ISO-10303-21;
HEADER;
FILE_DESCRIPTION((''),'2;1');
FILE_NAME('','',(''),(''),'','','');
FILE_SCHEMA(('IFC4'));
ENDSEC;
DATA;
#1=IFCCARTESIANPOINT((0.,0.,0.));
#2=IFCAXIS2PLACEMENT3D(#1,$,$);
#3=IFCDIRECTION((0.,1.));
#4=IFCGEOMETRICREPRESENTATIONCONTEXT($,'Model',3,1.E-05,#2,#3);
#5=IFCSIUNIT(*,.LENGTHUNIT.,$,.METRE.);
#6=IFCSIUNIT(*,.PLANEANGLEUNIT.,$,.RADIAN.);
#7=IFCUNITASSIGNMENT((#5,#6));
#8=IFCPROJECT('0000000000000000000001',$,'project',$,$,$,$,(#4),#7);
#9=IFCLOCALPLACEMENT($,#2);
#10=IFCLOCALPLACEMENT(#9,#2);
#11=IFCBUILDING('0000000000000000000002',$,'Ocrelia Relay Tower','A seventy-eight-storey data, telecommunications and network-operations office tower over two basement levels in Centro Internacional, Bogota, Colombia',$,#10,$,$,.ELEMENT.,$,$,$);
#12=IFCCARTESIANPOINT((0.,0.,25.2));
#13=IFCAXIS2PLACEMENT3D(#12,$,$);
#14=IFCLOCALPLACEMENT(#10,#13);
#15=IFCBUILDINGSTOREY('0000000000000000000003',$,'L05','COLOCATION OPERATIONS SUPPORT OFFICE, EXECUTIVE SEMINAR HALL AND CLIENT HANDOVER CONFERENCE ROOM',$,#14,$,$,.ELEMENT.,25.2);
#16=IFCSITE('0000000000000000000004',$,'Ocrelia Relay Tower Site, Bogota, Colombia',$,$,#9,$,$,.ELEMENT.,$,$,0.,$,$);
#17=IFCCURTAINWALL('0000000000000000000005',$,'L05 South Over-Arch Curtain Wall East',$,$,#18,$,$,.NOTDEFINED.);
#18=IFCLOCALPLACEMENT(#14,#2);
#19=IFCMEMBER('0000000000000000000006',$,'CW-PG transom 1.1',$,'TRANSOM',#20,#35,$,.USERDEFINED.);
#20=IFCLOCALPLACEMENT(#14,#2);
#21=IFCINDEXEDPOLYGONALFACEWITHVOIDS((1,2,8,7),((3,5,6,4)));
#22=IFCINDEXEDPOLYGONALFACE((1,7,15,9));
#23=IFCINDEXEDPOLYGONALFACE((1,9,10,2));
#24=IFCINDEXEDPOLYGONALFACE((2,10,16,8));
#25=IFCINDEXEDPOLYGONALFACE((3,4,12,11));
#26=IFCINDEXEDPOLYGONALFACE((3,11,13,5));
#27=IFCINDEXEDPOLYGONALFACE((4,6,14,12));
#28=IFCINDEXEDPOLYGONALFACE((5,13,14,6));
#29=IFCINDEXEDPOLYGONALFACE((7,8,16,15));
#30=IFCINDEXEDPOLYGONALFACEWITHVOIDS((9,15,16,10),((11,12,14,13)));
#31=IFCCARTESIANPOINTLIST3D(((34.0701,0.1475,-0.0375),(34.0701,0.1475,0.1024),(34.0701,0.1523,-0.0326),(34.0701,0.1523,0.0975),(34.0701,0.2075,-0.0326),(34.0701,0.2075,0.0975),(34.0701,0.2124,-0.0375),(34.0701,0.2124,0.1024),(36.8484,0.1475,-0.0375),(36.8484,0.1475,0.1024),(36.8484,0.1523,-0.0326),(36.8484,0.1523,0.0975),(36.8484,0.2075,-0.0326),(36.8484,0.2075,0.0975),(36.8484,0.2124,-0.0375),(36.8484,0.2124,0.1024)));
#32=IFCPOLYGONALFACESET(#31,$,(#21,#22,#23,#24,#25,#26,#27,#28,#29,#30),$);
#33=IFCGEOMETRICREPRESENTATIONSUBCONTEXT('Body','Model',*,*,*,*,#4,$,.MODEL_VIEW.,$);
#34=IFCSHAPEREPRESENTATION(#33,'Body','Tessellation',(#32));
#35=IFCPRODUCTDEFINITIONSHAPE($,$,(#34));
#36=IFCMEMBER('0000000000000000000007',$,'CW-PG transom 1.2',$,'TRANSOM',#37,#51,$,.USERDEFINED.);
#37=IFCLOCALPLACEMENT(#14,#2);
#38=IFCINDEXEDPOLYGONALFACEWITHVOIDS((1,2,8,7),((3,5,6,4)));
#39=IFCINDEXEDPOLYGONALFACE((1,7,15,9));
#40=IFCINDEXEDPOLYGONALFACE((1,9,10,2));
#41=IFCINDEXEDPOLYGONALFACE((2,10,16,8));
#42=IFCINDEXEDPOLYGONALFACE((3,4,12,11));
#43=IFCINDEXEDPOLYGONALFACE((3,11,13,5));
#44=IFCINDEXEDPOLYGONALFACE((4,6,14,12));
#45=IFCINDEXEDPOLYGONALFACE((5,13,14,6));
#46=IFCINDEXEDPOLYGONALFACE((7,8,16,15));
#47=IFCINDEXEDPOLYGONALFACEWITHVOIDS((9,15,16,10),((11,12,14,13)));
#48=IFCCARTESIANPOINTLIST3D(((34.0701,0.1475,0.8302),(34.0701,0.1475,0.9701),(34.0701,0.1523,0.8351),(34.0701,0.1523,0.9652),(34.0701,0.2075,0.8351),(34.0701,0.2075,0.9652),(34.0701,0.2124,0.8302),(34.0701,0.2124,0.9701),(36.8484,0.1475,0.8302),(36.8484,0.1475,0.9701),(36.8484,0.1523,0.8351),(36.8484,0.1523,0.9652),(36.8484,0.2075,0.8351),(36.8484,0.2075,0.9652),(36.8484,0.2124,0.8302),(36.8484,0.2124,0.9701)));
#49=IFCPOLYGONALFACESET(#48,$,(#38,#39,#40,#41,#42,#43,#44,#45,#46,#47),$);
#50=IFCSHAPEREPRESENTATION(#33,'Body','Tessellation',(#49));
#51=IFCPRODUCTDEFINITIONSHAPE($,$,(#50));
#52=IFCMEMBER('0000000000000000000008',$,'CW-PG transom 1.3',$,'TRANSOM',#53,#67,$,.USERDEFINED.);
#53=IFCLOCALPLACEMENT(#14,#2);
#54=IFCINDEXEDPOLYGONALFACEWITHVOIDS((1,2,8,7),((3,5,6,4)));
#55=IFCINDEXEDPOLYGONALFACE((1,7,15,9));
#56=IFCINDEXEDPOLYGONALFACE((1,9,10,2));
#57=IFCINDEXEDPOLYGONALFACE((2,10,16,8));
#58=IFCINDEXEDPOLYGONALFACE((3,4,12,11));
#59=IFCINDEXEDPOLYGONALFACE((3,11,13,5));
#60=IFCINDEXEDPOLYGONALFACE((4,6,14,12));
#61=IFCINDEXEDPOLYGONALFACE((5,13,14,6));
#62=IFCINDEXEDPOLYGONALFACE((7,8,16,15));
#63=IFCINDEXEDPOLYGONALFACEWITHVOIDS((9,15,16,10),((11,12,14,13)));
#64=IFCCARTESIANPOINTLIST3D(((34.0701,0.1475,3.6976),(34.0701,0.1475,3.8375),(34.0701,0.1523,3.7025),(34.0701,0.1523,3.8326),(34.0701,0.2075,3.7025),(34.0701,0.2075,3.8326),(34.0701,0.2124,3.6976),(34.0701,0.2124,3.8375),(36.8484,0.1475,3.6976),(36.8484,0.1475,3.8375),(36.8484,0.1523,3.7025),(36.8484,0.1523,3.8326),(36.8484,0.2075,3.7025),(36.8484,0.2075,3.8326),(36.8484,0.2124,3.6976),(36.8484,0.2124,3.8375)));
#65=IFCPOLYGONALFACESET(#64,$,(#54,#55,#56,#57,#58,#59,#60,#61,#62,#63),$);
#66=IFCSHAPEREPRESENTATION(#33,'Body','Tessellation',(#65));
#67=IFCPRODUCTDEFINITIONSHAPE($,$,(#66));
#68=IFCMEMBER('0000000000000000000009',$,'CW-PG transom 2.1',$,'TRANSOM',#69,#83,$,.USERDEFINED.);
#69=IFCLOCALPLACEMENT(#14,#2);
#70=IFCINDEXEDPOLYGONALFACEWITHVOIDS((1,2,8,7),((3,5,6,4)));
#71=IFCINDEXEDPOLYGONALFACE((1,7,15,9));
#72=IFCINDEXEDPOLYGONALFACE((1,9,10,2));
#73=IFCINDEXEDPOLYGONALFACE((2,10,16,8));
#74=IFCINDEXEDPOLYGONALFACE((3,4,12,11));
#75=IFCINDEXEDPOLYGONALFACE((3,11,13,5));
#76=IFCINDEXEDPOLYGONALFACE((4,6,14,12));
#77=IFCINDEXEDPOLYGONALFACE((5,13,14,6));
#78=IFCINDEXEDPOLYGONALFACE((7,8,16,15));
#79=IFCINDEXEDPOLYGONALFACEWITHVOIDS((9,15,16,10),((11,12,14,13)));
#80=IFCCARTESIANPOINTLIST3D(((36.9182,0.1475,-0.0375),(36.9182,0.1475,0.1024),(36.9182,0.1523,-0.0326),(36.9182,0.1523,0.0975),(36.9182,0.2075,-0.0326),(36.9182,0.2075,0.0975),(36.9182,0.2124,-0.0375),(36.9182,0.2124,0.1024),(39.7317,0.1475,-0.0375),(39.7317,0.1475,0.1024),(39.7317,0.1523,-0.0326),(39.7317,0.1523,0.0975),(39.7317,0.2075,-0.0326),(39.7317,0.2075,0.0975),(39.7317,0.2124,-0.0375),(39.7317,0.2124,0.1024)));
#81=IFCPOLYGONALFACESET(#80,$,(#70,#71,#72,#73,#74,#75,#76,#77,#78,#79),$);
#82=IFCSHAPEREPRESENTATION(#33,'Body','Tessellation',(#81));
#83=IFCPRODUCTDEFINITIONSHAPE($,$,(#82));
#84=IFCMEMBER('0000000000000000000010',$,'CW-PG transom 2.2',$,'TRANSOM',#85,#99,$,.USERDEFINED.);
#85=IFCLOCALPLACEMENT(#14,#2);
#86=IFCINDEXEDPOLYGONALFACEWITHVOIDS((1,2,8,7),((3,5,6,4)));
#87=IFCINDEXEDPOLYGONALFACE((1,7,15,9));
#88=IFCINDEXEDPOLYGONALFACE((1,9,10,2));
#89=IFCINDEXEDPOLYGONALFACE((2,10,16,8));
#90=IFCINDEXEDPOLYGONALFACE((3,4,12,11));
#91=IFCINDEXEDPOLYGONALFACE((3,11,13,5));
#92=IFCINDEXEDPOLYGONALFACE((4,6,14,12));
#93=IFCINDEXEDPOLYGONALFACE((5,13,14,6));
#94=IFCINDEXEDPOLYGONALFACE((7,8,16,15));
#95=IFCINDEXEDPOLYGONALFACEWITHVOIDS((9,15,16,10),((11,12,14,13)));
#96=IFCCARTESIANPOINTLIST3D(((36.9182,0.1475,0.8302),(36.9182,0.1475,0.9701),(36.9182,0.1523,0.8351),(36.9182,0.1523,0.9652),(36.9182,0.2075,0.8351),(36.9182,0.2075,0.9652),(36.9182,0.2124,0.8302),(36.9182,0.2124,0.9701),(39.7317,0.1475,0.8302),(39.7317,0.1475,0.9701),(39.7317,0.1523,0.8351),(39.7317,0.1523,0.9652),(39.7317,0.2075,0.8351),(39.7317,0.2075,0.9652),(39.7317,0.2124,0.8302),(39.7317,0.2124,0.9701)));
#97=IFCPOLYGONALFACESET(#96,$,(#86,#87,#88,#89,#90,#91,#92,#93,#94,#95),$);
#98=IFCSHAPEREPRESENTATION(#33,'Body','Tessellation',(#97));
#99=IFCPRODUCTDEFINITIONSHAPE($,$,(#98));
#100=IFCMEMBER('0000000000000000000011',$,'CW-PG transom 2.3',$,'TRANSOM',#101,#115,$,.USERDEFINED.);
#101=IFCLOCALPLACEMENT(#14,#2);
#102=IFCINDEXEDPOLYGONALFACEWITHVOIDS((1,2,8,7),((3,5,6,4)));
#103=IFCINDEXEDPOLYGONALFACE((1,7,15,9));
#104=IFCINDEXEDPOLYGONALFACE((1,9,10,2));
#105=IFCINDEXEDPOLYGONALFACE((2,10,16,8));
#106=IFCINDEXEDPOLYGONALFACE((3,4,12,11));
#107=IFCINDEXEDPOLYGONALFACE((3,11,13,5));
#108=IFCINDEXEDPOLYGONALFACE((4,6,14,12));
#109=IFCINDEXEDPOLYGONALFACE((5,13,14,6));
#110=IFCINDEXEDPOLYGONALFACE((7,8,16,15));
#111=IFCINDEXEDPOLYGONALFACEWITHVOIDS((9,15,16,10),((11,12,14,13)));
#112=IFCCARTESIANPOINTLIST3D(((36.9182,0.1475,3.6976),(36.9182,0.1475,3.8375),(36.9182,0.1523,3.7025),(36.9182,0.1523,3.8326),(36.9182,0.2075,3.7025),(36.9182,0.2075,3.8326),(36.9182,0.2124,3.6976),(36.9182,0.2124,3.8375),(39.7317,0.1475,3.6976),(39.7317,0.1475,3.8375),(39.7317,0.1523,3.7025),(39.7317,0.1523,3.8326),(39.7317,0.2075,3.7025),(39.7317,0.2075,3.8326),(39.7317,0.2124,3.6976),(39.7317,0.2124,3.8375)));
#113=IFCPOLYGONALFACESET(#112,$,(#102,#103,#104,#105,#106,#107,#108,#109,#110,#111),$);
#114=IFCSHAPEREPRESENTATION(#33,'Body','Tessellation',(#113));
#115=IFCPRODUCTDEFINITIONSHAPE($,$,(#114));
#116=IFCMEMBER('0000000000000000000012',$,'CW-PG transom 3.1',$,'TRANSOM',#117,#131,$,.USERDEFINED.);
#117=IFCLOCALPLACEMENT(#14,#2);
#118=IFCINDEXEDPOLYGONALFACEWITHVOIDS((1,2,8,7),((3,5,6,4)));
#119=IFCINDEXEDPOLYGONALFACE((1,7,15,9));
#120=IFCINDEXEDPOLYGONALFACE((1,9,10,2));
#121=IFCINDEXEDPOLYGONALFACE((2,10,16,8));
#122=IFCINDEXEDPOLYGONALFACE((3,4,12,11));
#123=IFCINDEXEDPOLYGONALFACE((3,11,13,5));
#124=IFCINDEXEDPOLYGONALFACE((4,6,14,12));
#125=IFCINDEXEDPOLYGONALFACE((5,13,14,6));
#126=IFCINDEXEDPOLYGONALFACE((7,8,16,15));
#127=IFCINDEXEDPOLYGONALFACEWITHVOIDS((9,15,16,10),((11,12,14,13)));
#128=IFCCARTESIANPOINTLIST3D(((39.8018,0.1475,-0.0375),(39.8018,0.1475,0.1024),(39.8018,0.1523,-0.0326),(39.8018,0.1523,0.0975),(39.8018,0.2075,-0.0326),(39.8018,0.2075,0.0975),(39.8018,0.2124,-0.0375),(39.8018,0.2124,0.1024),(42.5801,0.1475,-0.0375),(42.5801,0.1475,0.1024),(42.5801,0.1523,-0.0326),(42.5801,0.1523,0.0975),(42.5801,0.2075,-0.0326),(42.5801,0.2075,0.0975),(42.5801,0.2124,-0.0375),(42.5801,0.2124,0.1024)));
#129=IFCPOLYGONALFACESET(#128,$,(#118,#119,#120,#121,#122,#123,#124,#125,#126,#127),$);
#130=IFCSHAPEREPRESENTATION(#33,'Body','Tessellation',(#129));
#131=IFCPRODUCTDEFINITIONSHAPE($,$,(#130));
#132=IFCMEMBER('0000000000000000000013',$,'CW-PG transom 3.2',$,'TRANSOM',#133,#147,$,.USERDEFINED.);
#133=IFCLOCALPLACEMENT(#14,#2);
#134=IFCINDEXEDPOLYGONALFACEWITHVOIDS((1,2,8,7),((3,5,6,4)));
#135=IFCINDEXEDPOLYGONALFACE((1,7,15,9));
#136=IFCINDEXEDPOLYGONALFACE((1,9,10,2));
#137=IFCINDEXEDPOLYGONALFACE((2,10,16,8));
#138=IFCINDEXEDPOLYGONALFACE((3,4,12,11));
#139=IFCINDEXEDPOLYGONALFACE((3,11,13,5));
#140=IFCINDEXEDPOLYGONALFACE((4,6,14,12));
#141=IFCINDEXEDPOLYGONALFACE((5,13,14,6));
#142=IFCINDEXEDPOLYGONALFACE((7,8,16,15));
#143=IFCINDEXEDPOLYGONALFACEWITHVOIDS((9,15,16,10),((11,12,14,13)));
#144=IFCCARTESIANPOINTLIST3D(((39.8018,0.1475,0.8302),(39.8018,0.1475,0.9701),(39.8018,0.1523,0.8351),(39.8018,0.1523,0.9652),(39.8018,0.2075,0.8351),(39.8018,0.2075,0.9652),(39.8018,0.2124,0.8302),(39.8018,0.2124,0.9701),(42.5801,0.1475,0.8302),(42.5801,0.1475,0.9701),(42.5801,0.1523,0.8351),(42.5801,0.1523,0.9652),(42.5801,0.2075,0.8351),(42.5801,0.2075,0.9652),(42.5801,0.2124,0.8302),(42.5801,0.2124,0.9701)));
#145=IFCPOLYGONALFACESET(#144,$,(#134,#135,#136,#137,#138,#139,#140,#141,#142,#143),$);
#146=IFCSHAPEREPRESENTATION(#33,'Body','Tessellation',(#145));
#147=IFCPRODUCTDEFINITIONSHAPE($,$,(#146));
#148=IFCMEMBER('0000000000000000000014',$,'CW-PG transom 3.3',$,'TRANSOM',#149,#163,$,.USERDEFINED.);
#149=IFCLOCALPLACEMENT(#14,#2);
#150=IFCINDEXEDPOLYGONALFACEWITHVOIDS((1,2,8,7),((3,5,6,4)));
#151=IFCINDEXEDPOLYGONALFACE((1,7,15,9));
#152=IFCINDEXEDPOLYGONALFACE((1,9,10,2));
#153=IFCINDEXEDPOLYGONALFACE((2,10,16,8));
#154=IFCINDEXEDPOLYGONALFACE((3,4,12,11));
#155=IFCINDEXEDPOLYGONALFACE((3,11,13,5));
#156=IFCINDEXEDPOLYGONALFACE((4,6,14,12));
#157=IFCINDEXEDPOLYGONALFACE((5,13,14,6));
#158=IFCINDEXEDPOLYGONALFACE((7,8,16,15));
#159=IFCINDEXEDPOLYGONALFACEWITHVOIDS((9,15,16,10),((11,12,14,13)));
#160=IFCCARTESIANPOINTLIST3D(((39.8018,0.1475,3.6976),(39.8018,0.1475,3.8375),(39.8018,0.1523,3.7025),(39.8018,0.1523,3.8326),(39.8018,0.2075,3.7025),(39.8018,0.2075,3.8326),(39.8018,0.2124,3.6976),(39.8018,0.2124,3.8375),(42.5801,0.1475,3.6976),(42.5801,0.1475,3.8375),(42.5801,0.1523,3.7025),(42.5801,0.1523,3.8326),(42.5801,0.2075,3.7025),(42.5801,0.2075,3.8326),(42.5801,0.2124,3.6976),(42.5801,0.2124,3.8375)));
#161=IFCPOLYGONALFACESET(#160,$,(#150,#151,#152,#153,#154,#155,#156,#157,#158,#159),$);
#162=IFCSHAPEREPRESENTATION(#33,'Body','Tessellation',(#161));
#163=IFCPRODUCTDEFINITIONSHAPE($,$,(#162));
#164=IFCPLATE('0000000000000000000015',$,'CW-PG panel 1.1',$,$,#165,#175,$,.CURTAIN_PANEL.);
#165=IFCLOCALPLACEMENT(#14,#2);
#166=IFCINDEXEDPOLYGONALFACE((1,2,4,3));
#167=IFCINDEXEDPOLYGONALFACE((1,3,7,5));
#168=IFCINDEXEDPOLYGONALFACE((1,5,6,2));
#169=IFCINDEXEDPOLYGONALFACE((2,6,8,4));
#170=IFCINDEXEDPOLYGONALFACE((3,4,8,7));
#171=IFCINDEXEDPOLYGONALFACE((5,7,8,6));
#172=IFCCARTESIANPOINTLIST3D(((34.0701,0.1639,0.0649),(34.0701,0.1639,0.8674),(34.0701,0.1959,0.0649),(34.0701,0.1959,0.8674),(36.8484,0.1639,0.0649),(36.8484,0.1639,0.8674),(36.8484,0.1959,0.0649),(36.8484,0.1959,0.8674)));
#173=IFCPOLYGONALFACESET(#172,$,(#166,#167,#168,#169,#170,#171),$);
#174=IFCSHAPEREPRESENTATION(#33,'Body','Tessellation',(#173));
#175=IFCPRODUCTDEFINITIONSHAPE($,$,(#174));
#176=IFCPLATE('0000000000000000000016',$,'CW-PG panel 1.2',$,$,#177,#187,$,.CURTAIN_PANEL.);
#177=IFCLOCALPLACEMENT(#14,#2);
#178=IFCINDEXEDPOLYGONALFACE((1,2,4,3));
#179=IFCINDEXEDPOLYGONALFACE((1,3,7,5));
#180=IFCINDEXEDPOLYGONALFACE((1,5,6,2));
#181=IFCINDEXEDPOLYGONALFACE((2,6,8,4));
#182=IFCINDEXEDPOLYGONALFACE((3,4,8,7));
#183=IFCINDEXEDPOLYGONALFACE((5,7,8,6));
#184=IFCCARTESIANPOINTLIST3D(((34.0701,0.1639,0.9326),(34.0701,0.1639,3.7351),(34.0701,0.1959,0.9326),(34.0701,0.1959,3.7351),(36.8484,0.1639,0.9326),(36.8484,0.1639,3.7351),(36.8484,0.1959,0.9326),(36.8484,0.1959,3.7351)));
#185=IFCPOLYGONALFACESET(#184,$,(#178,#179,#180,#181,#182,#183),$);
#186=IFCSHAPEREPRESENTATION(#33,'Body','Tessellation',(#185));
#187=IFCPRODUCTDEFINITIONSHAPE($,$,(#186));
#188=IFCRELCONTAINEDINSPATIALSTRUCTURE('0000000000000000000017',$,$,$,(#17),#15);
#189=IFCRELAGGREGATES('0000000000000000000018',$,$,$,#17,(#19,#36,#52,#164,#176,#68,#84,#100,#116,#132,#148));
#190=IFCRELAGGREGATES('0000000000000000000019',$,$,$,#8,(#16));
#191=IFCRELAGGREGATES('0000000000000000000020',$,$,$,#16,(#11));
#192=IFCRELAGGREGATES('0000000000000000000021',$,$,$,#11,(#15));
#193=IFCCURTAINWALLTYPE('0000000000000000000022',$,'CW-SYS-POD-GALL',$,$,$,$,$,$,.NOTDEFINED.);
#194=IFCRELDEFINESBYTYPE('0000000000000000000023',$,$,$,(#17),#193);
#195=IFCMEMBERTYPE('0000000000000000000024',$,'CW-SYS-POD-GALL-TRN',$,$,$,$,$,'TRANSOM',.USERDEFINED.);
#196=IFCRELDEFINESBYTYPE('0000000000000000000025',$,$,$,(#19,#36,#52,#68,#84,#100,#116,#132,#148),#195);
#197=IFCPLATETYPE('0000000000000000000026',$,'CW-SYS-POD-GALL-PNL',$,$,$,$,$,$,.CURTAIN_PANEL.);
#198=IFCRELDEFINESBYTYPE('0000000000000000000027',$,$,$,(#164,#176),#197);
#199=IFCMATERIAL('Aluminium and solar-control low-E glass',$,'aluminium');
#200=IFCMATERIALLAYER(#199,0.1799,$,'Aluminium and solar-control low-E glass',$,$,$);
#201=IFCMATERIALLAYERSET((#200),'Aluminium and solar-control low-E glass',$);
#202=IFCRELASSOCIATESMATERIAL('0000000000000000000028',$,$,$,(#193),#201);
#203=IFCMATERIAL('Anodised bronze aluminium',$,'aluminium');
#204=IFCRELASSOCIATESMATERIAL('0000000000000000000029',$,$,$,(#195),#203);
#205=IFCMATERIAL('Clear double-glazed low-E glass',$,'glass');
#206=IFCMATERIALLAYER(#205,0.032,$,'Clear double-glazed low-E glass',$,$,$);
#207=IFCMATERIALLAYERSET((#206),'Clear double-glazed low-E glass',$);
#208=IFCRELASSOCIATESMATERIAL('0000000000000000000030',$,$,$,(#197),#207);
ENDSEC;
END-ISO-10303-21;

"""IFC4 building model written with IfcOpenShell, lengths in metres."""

from ifc_helpers import new_model, si_unit, direction, frame, origin, origin_2d, place, context, subcontext, project, spatial, rectangle, hollow_rectangle, extrude, material, layer, layer_set, material_profile, profile_set, type_object, element, aggregate, save


model = new_model("IFC4")

# Units and contexts
model_context = context("Model", 3, precision=1e-05, world=origin(), true_north=direction((0.0, 1.0)))
body_context = subcontext(model_context, "Body", "Model", "MODEL_VIEW")
ifc_project = project(units=[si_unit("LENGTHUNIT", "METRE"), si_unit("PLANEANGLEUNIT", "RADIAN")], contexts=[model_context])

# Site, building, storey
site_placement = place(None, origin())
site = spatial("IfcSite", under=ifc_project, at=site_placement, Name="Ocrelia Relay Tower Site, Bogota, Colombia", CompositionType="ELEMENT", RefElevation=0.0)
building_placement = place(site_placement, origin())
building = spatial("IfcBuilding", under=site, at=building_placement, Name="Ocrelia Relay Tower", Description="A seventy-eight-storey data, telecommunications and network-operations office tower over two basement levels in Centro Internacional, Bogota, Colombia", CompositionType="ELEMENT")
storey_placement = place(building_placement, frame((0.0, 0.0, 25.2)))
storey = spatial("IfcBuildingStorey", under=building, at=storey_placement, Name="L05", Description="COLOCATION OPERATIONS SUPPORT OFFICE, EXECUTIVE SEMINAR HALL AND CLIENT HANDOVER CONFERENCE ROOM", CompositionType="ELEMENT", Elevation=25.2)

# Shared definitions
ifc_material_1 = material(Name="Aluminium and solar-control low-E glass", Category="aluminium")
ifc_layer_1 = layer(ifc_material_1, 0.1799, Name="Aluminium and solar-control low-E glass")
ifc_layer_set_1 = layer_set([ifc_layer_1], Name="Aluminium and solar-control low-E glass")
curtain_wall_type = type_object("IfcCurtainWallType", Name="CW-SYS-POD-GALL", PredefinedType="NOTDEFINED", material=ifc_layer_set_1)
ifc_material_2 = material(Name="Anodised bronze aluminium", Category="aluminium")

# Curtain wall, members, plates
curtain_wall_1_placement = place(storey_placement, origin())
curtain_wall_1 = element("IfcCurtainWall", 1, at=curtain_wall_1_placement, inside=storey, type_object=curtain_wall_type, Name="L05 South Over-Arch Curtain Wall East", PredefinedType="NOTDEFINED")
ifc_material_profile_1 = material_profile(ifc_material_2, hollow_rectangle(XDim=0.0649, YDim=0.1399, WallThickness=0.0049, at=origin_2d()), Name="CW-TRN-140x65")
ifc_profile_set_1 = profile_set([ifc_material_profile_1], Name="Anodised bronze aluminium")
member_type_1 = type_object("IfcMemberType", Name="CW-SYS-POD-GALL-TRN", ElementType="TRANSOM", PredefinedType="USERDEFINED", material=ifc_profile_set_1)
member_1_placement = place(storey_placement, frame((34.0701, 0.1799, 0.0325), z_axis=(1.0, 0.0, 0.0), x_axis=(0.0, 1.0, 0.0)))
member_1 = element("IfcMember", 2, at=member_1_placement, type_object=member_type_1, Name="CW-PG transom 1.1", ObjectType="TRANSOM", PredefinedType="USERDEFINED", context=body_context, shape_type="SweptSolid", body=[
    extrude(hollow_rectangle(XDim=0.0649, YDim=0.1399, WallThickness=0.0049, at=origin_2d()), origin(), (0.0, 0.0, 1.0), 2.7783),
])
member_2_placement = place(storey_placement, frame((34.0701, 0.1799, 0.9001), z_axis=(1.0, 0.0, 0.0), x_axis=(0.0, 1.0, 0.0)))
member_2 = element("IfcMember", 3, at=member_2_placement, type_object=member_type_1, Name="CW-PG transom 1.2", ObjectType="TRANSOM", PredefinedType="USERDEFINED", context=body_context, shape_type="SweptSolid", body=[
    extrude(hollow_rectangle(XDim=0.0649, YDim=0.1399, WallThickness=0.0049, at=origin_2d()), origin(), (0.0, 0.0, 1.0), 2.7783),
])
member_3_placement = place(storey_placement, frame((34.0701, 0.1799, 3.7676), z_axis=(1.0, 0.0, 0.0), x_axis=(0.0, 1.0, 0.0)))
member_3 = element("IfcMember", 4, at=member_3_placement, type_object=member_type_1, Name="CW-PG transom 1.3", ObjectType="TRANSOM", PredefinedType="USERDEFINED", context=body_context, shape_type="SweptSolid", body=[
    extrude(hollow_rectangle(XDim=0.0649, YDim=0.1399, WallThickness=0.0049, at=origin_2d()), origin(), (0.0, 0.0, 1.0), 2.7783),
])
member_4_placement = place(storey_placement, frame((36.9182, 0.1799, 0.0325), z_axis=(1.0, 0.0, 0.0), x_axis=(0.0, 1.0, 0.0)))
member_4 = element("IfcMember", 5, at=member_4_placement, type_object=member_type_1, Name="CW-PG transom 2.1", ObjectType="TRANSOM", PredefinedType="USERDEFINED", context=body_context, shape_type="SweptSolid", body=[
    extrude(hollow_rectangle(XDim=0.0649, YDim=0.1399, WallThickness=0.0049, at=origin_2d()), origin(), (0.0, 0.0, 1.0), 2.8135),
])
member_5_placement = place(storey_placement, frame((36.9182, 0.1799, 0.9001), z_axis=(1.0, 0.0, 0.0), x_axis=(0.0, 1.0, 0.0)))
member_5 = element("IfcMember", 6, at=member_5_placement, type_object=member_type_1, Name="CW-PG transom 2.2", ObjectType="TRANSOM", PredefinedType="USERDEFINED", context=body_context, shape_type="SweptSolid", body=[
    extrude(hollow_rectangle(XDim=0.0649, YDim=0.1399, WallThickness=0.0049, at=origin_2d()), origin(), (0.0, 0.0, 1.0), 2.8135),
])
member_6_placement = place(storey_placement, frame((36.9182, 0.1799, 3.7676), z_axis=(1.0, 0.0, 0.0), x_axis=(0.0, 1.0, 0.0)))
member_6 = element("IfcMember", 7, at=member_6_placement, type_object=member_type_1, Name="CW-PG transom 2.3", ObjectType="TRANSOM", PredefinedType="USERDEFINED", context=body_context, shape_type="SweptSolid", body=[
    extrude(hollow_rectangle(XDim=0.0649, YDim=0.1399, WallThickness=0.0049, at=origin_2d()), origin(), (0.0, 0.0, 1.0), 2.8135),
])
member_7_placement = place(storey_placement, frame((39.8018, 0.1799, 0.0325), z_axis=(1.0, 0.0, 0.0), x_axis=(0.0, 1.0, 0.0)))
member_7 = element("IfcMember", 8, at=member_7_placement, type_object=member_type_1, Name="CW-PG transom 3.1", ObjectType="TRANSOM", PredefinedType="USERDEFINED", context=body_context, shape_type="SweptSolid", body=[
    extrude(hollow_rectangle(XDim=0.0649, YDim=0.1399, WallThickness=0.0049, at=origin_2d()), origin(), (0.0, 0.0, 1.0), 2.7783),
])
member_8_placement = place(storey_placement, frame((39.8018, 0.1799, 0.9001), z_axis=(1.0, 0.0, 0.0), x_axis=(0.0, 1.0, 0.0)))
member_8 = element("IfcMember", 9, at=member_8_placement, type_object=member_type_1, Name="CW-PG transom 3.2", ObjectType="TRANSOM", PredefinedType="USERDEFINED", context=body_context, shape_type="SweptSolid", body=[
    extrude(hollow_rectangle(XDim=0.0649, YDim=0.1399, WallThickness=0.0049, at=origin_2d()), origin(), (0.0, 0.0, 1.0), 2.7783),
])
member_9_placement = place(storey_placement, frame((39.8018, 0.1799, 3.7676), z_axis=(1.0, 0.0, 0.0), x_axis=(0.0, 1.0, 0.0)))
member_9 = element("IfcMember", 10, at=member_9_placement, type_object=member_type_1, Name="CW-PG transom 3.3", ObjectType="TRANSOM", PredefinedType="USERDEFINED", context=body_context, shape_type="SweptSolid", body=[
    extrude(hollow_rectangle(XDim=0.0649, YDim=0.1399, WallThickness=0.0049, at=origin_2d()), origin(), (0.0, 0.0, 1.0), 2.7783),
])
ifc_material_3 = material(Name="Clear double-glazed low-E glass", Category="glass")
ifc_layer_2 = layer(ifc_material_3, 0.032, Name="Clear double-glazed low-E glass")
ifc_layer_set_2 = layer_set([ifc_layer_2], Name="Clear double-glazed low-E glass")
plate_type = type_object("IfcPlateType", Name="CW-SYS-POD-GALL-PNL", PredefinedType="CURTAIN_PANEL", material=ifc_layer_set_2)
plate_1_placement = place(storey_placement, frame((35.4592, 0.1799, 0.0649), z_axis=(0.0, 0.0, 1.0), x_axis=(1.0, 0.0, 0.0)))
plate_1 = element("IfcPlate", 11, at=plate_1_placement, type_object=plate_type, Name="CW-PG panel 1.1", PredefinedType="CURTAIN_PANEL", context=body_context, shape_type="SweptSolid", body=[
    extrude(rectangle(XDim=2.7783, YDim=0.032, at=origin_2d()), origin(), (0.0, 0.0, 1.0), 0.8025),
])
plate_2_placement = place(storey_placement, frame((35.4592, 0.1799, 0.9326), z_axis=(0.0, 0.0, 1.0), x_axis=(1.0, 0.0, 0.0)))
plate_2 = element("IfcPlate", 12, at=plate_2_placement, type_object=plate_type, Name="CW-PG panel 1.2", PredefinedType="CURTAIN_PANEL", context=body_context, shape_type="SweptSolid", body=[
    extrude(rectangle(XDim=2.7783, YDim=0.032, at=origin_2d()), origin(), (0.0, 0.0, 1.0), 2.8025),
])
aggregate(curtain_wall_1, [member_1, member_2, member_3, plate_1, plate_2, member_4, member_5, member_6, member_7, member_8, member_9])

save(model, "model.ifc")
